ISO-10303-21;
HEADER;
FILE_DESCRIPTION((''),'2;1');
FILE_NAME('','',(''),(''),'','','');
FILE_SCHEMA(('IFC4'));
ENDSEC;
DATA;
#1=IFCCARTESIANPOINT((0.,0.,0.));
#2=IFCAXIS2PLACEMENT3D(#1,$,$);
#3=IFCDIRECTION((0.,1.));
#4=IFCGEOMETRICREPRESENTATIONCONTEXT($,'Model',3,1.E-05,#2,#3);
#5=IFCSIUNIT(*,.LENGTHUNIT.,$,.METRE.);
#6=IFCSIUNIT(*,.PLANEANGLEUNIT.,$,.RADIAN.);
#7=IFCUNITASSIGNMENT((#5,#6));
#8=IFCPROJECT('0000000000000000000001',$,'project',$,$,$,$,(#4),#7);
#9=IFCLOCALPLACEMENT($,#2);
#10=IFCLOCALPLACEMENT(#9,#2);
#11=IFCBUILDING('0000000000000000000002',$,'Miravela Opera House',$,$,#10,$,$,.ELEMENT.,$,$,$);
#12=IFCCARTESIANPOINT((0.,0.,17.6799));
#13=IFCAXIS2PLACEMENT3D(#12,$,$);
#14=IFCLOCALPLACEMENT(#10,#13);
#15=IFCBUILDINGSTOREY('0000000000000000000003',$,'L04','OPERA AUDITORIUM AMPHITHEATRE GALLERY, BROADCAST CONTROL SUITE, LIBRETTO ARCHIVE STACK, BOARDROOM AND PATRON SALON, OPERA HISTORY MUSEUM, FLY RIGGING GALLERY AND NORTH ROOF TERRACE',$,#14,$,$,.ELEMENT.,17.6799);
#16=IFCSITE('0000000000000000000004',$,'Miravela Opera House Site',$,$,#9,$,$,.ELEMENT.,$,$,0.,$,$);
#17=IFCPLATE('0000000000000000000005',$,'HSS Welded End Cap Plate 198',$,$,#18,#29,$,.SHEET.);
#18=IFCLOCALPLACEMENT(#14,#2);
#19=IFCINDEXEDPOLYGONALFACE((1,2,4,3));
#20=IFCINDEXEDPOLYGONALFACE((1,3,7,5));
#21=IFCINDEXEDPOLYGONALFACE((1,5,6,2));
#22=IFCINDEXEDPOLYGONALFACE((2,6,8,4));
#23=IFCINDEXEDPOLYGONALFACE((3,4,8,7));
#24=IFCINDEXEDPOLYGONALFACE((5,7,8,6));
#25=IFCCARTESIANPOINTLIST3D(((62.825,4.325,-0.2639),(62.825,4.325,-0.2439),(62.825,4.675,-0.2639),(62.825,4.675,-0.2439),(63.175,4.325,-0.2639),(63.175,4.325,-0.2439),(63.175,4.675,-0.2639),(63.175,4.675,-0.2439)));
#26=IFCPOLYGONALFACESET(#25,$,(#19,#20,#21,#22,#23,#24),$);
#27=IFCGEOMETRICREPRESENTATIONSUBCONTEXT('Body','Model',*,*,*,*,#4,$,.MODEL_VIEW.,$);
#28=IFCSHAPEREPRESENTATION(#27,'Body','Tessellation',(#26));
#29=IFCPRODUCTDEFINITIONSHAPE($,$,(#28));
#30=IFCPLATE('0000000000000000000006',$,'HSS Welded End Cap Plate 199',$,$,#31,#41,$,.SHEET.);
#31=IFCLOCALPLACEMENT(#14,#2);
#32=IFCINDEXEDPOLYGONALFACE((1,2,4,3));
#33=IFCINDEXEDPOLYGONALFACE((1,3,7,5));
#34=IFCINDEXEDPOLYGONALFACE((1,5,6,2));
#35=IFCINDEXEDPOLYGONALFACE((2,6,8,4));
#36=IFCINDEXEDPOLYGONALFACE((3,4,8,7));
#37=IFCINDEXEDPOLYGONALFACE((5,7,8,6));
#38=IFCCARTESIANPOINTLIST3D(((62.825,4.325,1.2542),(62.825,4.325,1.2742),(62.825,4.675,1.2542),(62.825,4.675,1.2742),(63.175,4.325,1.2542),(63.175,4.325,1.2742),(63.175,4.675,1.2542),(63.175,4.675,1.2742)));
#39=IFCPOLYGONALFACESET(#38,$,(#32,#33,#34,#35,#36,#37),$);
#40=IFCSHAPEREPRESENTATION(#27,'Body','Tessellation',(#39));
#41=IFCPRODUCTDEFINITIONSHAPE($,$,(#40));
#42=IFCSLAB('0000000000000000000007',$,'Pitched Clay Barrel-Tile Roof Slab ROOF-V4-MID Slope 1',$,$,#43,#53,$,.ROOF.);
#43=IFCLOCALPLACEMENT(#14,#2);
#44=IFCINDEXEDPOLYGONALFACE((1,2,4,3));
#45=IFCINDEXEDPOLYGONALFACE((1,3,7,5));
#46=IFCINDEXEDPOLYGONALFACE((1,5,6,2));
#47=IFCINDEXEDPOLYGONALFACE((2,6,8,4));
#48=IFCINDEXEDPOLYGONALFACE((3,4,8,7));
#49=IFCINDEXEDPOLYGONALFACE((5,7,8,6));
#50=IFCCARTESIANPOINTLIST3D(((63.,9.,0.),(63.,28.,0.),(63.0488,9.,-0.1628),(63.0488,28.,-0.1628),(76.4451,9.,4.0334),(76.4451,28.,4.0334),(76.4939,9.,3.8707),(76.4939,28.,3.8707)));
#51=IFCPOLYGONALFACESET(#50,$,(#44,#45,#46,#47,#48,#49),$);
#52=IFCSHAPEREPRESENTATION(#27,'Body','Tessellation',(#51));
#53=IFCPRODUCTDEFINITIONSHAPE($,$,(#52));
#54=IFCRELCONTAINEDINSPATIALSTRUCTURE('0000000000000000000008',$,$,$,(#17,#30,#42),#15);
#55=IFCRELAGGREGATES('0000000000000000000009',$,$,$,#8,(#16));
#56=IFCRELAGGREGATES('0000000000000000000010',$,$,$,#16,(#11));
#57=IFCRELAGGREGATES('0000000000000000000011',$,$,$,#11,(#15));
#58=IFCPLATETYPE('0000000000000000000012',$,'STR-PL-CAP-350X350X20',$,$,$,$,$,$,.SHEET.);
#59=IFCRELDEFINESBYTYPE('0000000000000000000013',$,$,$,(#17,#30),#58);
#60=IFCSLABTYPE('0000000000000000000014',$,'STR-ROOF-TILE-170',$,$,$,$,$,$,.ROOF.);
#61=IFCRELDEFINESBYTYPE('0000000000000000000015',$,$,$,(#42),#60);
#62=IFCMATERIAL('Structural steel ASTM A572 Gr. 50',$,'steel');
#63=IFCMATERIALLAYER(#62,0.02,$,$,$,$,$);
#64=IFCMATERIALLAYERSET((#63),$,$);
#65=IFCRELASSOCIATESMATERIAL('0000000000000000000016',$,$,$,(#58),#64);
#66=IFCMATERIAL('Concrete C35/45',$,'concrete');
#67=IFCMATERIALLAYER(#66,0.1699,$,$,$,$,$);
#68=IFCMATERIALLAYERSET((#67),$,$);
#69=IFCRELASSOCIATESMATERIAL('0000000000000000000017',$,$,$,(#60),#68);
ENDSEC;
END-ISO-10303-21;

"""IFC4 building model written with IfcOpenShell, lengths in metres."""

from ifc_helpers import new_model, si_unit, direction, frame, origin, origin_2d, place, context, subcontext, project, spatial, polyline, rectangle, outline, extrude, material, layer, layer_set, type_object, element, save


model = new_model("IFC4")

# Units and contexts
model_context = context("Model", 3, precision=1e-05, world=origin(), true_north=direction((0.0, 1.0)))
body_context = subcontext(model_context, "Body", "Model", "MODEL_VIEW")
ifc_project = project(units=[si_unit("LENGTHUNIT", "METRE"), si_unit("PLANEANGLEUNIT", "RADIAN")], contexts=[model_context])

# Site, building, storey
site_placement = place(None, origin())
site = spatial("IfcSite", under=ifc_project, at=site_placement, Name="Miravela Opera House Site", CompositionType="ELEMENT", RefElevation=0.0)
building_placement = place(site_placement, origin())
building = spatial("IfcBuilding", under=site, at=building_placement, Name="Miravela Opera House", CompositionType="ELEMENT")
storey_placement = place(building_placement, frame((0.0, 0.0, 17.6799)))
storey = spatial("IfcBuildingStorey", under=building, at=storey_placement, Name="L04", Description="OPERA AUDITORIUM AMPHITHEATRE GALLERY, BROADCAST CONTROL SUITE, LIBRETTO ARCHIVE STACK, BOARDROOM AND PATRON SALON, OPERA HISTORY MUSEUM, FLY RIGGING GALLERY AND NORTH ROOF TERRACE", CompositionType="ELEMENT", Elevation=17.6799)

# Plates
ifc_material_1 = material(Name="Structural steel ASTM A572 Gr. 50", Category="steel")
ifc_layer_1 = layer(ifc_material_1, 0.02)
ifc_layer_set_1 = layer_set([ifc_layer_1])
plate_type = type_object("IfcPlateType", Name="STR-PL-CAP-350X350X20", PredefinedType="SHEET", material=ifc_layer_set_1)
for number, where, z_axis, x_axis, name in (
    (1, (63.0, 4.5, -0.2639), (0.0, 0.0, 1.0), (1.0, 0.0, 0.0), "HSS Welded End Cap Plate 198"),
    (2, (63.0, 4.5, 1.2542), (0.0, 0.0, 1.0), (1.0, 0.0, 0.0), "HSS Welded End Cap Plate 199"),
):
    element("IfcPlate", number, at=place(storey_placement, frame(where, z_axis=z_axis, x_axis=x_axis)), inside=storey, type_object=plate_type, Name=name, PredefinedType="SHEET", context=body_context, shape_type="SweptSolid", body=[
        extrude(rectangle(XDim=0.3501, YDim=0.3501, at=origin_2d()), origin(), (0.0, 0.0, 1.0), 0.02),
    ])

# Slab
ifc_material_2 = material(Name="Concrete C35/45", Category="concrete")
ifc_layer_2 = layer(ifc_material_2, 0.1699)
ifc_layer_set_2 = layer_set([ifc_layer_2])
slab_type = type_object("IfcSlabType", Name="STR-ROOF-TILE-170", PredefinedType="ROOF", material=ifc_layer_set_2)
slab_placement = place(storey_placement, frame((63.0, 9.0, 0.0), z_axis=(-0.287343, 0.0, 0.957828), x_axis=(0.0, 1.0, 0.0)))
element("IfcSlab", 3, at=slab_placement, inside=storey, type_object=slab_type, Name="Pitched Clay Barrel-Tile Roof Slab ROOF-V4-MID Slope 1", PredefinedType="ROOF", context=body_context, shape_type="SweptSolid", body=[
    extrude(outline(polyline([(0.0, 0.0), (19.0, 0.0), (19.0, -14.037), (0.0, -14.037), (0.0, 0.0)])), origin(), (0.0, 0.0, -1.0), 0.1699),
])

save(model, "model.ifc")
